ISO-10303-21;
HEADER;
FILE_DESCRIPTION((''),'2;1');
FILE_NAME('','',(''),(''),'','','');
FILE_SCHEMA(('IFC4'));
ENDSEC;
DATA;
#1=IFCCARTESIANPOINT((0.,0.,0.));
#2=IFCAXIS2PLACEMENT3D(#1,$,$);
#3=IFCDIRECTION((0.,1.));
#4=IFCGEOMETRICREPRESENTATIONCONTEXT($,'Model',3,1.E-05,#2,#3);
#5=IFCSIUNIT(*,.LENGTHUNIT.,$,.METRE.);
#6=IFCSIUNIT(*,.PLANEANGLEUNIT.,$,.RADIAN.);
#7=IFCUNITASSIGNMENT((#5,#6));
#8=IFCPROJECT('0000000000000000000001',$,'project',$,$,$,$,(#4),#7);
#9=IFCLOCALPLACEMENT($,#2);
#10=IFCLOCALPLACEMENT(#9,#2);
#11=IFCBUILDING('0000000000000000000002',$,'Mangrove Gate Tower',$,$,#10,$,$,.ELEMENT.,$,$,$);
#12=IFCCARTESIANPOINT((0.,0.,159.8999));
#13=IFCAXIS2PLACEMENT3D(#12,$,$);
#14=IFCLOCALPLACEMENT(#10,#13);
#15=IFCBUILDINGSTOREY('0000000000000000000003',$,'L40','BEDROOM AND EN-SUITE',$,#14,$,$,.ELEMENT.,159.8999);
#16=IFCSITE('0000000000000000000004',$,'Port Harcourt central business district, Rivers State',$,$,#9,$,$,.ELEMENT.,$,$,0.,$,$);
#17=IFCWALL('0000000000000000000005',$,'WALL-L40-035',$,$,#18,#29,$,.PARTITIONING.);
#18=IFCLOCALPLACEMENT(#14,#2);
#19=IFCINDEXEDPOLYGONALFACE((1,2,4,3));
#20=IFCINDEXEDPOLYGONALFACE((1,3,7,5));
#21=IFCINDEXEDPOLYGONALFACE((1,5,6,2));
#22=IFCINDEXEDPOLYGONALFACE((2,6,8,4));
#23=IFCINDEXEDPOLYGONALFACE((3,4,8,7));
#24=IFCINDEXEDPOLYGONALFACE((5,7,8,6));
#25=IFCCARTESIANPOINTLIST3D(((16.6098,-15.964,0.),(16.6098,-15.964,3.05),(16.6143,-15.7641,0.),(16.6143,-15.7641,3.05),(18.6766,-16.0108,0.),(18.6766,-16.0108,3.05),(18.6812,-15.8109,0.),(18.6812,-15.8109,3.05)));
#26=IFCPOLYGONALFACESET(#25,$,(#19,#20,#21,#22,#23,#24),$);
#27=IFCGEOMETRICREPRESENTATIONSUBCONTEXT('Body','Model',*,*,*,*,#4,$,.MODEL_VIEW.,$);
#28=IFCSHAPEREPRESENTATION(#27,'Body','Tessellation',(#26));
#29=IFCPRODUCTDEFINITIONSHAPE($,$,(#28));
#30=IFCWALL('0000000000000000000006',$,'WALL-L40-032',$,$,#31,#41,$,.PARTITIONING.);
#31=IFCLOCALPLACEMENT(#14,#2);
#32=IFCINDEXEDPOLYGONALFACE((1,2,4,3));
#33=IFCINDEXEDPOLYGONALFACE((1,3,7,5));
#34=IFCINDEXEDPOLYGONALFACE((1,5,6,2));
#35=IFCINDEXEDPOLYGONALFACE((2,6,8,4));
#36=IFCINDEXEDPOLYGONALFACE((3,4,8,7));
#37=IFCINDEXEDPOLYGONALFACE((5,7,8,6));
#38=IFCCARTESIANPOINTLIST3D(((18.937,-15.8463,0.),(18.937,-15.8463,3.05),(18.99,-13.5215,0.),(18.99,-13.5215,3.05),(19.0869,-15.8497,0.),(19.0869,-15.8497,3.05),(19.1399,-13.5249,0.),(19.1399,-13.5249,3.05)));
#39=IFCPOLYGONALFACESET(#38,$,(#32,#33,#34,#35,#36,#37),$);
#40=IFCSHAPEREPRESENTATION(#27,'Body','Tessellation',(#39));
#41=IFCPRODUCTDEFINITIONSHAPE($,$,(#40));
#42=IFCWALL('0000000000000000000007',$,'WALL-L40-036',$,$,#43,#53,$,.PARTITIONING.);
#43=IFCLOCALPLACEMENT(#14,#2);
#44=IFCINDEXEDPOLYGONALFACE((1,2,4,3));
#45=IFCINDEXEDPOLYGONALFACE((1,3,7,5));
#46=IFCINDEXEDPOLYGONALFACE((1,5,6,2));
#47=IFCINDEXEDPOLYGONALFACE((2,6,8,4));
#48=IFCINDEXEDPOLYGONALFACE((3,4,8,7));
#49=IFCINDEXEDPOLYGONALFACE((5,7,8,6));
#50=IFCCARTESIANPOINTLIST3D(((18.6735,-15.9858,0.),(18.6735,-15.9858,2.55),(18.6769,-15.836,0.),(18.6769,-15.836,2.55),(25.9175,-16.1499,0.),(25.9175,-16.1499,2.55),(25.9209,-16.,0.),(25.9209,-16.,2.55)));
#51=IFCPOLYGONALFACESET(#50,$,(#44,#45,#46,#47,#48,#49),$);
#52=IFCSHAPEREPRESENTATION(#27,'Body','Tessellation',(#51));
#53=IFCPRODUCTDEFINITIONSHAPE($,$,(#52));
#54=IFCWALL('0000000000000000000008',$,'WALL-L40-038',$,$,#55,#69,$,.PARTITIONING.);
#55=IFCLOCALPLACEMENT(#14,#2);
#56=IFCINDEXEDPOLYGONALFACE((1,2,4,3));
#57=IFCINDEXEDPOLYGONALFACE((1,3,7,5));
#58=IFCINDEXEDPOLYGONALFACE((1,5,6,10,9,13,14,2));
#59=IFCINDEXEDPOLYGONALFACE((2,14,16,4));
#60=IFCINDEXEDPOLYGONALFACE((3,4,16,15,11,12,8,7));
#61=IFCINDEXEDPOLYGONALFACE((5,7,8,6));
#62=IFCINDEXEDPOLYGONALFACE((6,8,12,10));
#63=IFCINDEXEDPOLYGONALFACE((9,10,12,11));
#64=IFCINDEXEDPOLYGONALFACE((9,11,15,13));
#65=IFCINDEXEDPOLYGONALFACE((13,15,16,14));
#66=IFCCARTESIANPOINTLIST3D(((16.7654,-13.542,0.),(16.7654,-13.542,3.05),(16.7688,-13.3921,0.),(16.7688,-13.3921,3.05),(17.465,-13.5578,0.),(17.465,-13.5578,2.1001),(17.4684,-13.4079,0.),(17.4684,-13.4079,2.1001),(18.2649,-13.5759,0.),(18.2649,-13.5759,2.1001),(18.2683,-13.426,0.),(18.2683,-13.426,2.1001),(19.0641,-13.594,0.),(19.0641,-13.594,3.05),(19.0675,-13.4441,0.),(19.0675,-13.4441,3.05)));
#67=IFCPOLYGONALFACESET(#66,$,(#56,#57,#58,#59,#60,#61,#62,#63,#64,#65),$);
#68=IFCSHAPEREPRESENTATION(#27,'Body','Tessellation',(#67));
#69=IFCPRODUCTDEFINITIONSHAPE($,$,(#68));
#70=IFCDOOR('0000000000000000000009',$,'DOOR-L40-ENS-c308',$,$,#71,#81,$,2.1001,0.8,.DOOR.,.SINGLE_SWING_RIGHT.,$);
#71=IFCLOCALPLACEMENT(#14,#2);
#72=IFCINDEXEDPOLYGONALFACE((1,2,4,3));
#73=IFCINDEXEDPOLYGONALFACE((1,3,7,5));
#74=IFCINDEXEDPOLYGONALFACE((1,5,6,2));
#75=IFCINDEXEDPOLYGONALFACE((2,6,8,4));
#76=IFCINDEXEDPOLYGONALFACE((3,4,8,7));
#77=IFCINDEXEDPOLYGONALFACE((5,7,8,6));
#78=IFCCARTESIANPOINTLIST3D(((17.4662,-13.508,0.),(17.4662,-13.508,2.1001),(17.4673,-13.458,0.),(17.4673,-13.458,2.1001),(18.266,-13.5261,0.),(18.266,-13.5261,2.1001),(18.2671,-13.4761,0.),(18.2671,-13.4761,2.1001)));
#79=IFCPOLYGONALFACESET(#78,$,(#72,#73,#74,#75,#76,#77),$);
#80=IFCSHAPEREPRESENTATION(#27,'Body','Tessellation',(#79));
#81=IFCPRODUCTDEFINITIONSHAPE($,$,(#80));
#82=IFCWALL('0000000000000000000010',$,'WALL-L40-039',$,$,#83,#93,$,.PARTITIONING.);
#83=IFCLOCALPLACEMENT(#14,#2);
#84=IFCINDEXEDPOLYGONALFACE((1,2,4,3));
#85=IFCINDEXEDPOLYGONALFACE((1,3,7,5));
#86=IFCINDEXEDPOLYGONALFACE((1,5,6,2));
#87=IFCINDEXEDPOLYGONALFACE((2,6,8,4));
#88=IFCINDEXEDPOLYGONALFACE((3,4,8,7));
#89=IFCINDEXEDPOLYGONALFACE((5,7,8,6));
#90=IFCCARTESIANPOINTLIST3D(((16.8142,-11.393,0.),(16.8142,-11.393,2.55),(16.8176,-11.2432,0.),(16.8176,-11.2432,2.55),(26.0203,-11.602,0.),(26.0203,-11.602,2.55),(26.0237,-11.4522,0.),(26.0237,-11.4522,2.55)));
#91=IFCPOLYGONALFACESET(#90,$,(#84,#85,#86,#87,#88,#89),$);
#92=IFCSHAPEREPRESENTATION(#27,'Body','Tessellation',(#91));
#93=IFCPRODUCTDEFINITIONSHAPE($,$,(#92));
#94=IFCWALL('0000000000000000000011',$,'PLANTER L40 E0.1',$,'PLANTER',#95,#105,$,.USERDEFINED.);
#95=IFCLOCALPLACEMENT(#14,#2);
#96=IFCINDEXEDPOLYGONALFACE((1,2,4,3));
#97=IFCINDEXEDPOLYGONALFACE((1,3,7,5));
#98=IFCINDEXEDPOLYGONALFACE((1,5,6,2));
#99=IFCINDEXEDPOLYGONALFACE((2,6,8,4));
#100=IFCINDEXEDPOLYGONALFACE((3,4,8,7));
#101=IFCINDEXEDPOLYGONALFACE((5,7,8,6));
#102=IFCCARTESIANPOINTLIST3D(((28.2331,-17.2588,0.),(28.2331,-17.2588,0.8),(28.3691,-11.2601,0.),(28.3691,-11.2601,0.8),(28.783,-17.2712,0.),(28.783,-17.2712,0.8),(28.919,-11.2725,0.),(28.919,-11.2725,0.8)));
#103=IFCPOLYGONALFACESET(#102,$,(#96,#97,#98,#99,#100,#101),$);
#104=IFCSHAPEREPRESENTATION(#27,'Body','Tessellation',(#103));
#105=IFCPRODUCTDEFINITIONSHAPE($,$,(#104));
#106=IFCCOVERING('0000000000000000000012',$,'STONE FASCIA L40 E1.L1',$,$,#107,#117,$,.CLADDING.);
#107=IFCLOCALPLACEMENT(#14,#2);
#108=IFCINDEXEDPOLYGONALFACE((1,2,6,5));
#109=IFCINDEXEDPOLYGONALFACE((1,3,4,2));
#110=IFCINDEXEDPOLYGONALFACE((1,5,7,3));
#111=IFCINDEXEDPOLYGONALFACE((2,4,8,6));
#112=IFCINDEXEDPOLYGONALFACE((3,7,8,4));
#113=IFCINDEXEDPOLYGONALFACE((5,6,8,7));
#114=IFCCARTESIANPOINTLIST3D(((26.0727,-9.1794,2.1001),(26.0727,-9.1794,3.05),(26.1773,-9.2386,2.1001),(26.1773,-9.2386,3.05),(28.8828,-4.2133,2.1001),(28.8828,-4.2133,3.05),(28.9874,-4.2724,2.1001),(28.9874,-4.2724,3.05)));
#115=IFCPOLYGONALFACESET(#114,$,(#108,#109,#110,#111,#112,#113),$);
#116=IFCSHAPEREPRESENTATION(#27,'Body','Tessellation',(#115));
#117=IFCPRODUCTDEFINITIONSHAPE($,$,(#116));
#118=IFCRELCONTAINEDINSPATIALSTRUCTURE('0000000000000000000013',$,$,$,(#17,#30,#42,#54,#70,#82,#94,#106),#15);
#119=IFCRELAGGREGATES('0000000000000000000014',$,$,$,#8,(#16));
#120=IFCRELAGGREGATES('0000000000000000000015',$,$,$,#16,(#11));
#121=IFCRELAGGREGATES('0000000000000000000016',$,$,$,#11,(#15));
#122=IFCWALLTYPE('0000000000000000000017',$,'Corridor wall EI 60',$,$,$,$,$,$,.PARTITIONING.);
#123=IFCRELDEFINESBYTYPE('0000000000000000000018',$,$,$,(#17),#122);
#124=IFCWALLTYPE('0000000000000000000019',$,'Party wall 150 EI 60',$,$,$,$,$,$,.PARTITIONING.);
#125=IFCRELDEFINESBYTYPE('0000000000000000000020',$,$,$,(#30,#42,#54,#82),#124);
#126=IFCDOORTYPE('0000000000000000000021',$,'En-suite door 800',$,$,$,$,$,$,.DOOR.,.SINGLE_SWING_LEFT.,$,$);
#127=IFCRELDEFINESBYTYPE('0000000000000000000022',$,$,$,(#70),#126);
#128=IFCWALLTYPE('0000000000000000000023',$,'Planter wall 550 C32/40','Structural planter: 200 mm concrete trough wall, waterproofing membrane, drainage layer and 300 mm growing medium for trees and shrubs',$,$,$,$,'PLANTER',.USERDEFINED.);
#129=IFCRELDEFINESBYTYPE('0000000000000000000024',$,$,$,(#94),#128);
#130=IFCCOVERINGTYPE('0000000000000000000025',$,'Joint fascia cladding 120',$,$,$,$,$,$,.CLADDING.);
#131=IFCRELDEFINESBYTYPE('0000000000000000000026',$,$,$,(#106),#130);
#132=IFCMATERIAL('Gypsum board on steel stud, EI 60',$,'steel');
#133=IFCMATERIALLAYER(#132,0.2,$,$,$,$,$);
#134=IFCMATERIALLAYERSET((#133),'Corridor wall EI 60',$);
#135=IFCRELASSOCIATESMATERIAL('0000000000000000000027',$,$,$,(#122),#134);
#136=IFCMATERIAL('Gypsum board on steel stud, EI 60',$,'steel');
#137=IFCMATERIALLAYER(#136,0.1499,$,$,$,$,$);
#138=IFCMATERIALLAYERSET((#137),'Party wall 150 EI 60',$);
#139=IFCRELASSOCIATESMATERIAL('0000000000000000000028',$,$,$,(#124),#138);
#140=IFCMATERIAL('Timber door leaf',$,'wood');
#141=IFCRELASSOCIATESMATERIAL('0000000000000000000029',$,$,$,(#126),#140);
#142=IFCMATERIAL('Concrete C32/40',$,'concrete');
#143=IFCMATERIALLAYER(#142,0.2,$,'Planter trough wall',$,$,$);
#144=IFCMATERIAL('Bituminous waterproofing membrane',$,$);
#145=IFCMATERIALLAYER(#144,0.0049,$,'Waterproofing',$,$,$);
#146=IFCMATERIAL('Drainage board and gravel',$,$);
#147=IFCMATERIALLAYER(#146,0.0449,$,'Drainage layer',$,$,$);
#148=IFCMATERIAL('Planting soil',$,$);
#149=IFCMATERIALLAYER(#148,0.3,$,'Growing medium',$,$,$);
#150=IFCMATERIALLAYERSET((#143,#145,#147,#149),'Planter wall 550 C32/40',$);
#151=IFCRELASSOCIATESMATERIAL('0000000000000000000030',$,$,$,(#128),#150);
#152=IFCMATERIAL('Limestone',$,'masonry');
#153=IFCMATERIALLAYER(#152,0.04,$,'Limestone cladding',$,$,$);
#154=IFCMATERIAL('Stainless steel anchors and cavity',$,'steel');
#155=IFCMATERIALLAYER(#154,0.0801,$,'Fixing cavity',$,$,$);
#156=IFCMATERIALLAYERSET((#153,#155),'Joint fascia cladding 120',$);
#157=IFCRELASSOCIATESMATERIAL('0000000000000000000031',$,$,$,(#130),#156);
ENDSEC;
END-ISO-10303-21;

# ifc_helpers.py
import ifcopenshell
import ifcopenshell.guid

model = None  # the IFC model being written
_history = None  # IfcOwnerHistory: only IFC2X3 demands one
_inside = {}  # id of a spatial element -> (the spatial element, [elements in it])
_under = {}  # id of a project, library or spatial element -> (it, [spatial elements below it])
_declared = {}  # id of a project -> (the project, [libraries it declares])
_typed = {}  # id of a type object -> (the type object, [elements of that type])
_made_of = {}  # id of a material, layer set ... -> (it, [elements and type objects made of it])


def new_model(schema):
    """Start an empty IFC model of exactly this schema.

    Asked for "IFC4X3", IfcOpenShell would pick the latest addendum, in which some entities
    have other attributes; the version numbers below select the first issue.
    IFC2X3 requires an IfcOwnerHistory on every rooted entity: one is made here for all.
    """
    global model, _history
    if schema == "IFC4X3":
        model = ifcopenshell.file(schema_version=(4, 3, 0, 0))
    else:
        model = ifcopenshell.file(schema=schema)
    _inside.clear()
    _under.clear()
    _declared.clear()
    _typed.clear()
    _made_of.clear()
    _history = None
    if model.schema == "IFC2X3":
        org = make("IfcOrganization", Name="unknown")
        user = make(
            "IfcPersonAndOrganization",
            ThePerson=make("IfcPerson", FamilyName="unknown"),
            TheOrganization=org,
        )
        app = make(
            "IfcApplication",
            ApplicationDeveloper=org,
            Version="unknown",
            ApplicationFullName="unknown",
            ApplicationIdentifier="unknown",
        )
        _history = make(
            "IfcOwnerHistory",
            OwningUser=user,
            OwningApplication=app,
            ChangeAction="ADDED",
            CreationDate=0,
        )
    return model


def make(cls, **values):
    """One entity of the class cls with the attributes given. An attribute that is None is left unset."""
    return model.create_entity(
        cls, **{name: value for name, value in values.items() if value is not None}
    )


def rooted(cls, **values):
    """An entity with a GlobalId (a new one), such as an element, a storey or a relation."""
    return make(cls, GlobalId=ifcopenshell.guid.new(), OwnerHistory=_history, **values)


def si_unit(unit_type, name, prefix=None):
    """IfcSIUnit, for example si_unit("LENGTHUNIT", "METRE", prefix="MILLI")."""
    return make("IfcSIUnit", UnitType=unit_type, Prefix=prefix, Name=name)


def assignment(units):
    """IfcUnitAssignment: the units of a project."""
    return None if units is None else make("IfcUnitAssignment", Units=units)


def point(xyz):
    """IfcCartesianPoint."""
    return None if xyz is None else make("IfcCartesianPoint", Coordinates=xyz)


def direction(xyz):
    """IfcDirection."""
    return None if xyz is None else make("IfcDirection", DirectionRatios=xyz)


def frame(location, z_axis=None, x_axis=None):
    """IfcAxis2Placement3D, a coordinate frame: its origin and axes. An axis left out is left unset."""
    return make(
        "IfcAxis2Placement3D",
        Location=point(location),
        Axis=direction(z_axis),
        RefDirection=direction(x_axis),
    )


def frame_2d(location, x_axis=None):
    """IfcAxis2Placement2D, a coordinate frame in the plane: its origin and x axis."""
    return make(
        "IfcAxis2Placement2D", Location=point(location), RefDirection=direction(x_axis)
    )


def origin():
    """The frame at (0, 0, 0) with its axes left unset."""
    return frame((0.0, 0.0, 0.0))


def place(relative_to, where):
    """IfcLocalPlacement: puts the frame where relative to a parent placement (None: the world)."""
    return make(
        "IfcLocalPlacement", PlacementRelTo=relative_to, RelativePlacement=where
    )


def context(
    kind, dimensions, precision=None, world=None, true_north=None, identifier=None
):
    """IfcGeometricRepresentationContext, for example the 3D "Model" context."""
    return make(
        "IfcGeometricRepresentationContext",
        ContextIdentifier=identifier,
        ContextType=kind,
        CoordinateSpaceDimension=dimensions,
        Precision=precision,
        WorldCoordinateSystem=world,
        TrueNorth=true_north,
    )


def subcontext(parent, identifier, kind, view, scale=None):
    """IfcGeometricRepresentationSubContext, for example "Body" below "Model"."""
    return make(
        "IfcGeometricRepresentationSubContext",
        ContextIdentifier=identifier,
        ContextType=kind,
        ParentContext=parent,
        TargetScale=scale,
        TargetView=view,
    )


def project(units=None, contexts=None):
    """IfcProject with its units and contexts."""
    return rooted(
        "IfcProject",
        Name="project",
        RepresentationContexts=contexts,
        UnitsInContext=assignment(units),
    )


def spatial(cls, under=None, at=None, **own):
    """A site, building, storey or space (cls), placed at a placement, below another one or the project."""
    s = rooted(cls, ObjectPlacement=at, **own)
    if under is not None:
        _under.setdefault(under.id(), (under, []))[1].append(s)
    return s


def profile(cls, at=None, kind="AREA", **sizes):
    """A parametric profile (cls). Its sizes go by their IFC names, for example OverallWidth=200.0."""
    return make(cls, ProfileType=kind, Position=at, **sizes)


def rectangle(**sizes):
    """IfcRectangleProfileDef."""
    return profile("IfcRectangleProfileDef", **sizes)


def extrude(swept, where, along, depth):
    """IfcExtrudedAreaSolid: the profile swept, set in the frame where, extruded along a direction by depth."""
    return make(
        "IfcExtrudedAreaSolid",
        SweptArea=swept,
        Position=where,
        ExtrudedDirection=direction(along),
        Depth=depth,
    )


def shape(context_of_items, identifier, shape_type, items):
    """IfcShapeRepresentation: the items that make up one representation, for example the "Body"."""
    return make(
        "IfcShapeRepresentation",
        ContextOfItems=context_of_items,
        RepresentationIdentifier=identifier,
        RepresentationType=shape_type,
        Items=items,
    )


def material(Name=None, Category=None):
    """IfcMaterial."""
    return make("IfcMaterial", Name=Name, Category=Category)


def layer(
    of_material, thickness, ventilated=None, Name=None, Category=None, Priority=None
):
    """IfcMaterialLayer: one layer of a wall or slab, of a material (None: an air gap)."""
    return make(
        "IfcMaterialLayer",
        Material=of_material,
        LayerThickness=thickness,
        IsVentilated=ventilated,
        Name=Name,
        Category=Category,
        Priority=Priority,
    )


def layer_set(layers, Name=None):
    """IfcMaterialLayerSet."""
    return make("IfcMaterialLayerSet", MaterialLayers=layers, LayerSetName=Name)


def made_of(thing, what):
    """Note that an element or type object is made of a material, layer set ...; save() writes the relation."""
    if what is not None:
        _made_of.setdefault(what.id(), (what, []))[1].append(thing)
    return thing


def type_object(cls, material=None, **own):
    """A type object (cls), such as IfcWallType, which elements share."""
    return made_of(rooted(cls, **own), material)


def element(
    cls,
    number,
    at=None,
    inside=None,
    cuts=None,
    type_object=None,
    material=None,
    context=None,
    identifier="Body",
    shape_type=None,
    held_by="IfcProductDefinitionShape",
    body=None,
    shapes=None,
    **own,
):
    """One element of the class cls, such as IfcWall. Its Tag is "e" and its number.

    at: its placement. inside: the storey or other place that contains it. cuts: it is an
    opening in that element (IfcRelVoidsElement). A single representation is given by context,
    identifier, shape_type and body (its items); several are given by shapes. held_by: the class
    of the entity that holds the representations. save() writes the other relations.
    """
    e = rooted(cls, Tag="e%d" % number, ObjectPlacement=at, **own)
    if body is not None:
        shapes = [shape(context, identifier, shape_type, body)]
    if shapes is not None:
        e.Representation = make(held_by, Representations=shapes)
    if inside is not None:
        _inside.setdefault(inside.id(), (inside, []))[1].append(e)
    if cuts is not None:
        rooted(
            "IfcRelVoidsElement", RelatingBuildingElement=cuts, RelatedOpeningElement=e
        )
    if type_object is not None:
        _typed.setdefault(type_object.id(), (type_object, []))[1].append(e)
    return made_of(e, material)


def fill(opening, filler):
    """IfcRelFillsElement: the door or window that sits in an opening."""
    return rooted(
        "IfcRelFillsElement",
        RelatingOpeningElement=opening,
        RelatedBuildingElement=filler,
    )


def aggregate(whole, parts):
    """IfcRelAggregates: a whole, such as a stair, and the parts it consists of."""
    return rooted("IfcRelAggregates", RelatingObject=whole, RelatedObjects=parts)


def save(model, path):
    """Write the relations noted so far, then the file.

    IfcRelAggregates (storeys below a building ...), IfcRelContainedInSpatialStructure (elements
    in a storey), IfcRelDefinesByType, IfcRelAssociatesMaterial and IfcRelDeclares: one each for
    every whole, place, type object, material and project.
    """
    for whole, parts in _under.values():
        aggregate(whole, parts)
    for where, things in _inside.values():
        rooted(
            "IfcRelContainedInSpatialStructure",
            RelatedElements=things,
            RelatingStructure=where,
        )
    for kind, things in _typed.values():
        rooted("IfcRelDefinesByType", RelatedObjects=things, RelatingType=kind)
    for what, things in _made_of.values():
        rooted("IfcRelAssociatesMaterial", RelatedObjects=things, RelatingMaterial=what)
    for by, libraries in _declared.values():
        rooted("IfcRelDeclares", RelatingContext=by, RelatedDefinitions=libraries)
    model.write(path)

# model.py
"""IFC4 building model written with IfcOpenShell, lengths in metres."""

from ifc_helpers import new_model, si_unit, direction, frame, frame_2d, origin, place, context, subcontext, project, spatial, rectangle, extrude, material, layer, layer_set, type_object, element, fill, save


model = new_model("IFC4")

# Units and contexts
model_context = context("Model", 3, precision=1e-05, world=origin(), true_north=direction((0.0, 1.0)))
body_context = subcontext(model_context, "Body", "Model", "MODEL_VIEW")
ifc_project = project(units=[si_unit("LENGTHUNIT", "METRE"), si_unit("PLANEANGLEUNIT", "RADIAN")], contexts=[model_context])

# Site, building, storey
site_placement = place(None, origin())
site = spatial("IfcSite", under=ifc_project, at=site_placement, Name="Port Harcourt central business district, Rivers State", CompositionType="ELEMENT", RefElevation=0.0)
building_placement = place(site_placement, origin())
building = spatial("IfcBuilding", under=site, at=building_placement, Name="Mangrove Gate Tower", CompositionType="ELEMENT")
storey_placement = place(building_placement, frame((0.0, 0.0, 159.8999)))
storey = spatial("IfcBuildingStorey", under=building, at=storey_placement, Name="L40", Description="BEDROOM AND EN-SUITE", CompositionType="ELEMENT", Elevation=159.8999)

# Shared definitions
ifc_material_1 = material(Name="Gypsum board on steel stud, EI 60", Category="steel")
ifc_layer_1 = layer(ifc_material_1, 0.2)
ifc_layer_set_1 = layer_set([ifc_layer_1], Name="Corridor wall EI 60")
wall_type_1 = type_object("IfcWallType", Name="Corridor wall EI 60", PredefinedType="PARTITIONING", material=ifc_layer_set_1)

# Walls
wall_1_placement = place(storey_placement, frame((16.6121, -15.864, 0.0), z_axis=(0.0, 0.0, 1.0), x_axis=(0.999743, -0.022673, 0.0)))
element("IfcWall", 1, at=wall_1_placement, inside=storey, type_object=wall_type_1, Name="WALL-L40-035", PredefinedType="PARTITIONING", context=body_context, shape_type="SweptSolid", body=[
    extrude(rectangle(XDim=2.0674, YDim=0.2, at=frame_2d((1.0337, 0.0))), origin(), (0.0, 0.0, 1.0), 3.05),
])
ifc_material_2 = material(Name="Gypsum board on steel stud, EI 60", Category="steel")
ifc_layer_2 = layer(ifc_material_2, 0.1499)
ifc_layer_set_2 = layer_set([ifc_layer_2], Name="Party wall 150 EI 60")
wall_type_2 = type_object("IfcWallType", Name="Party wall 150 EI 60", PredefinedType="PARTITIONING", material=ifc_layer_set_2)
wall_2_placement = place(storey_placement, frame((19.012, -15.8479, 0.0), z_axis=(0.0, 0.0, 1.0), x_axis=(0.022781, 0.99974, 0.0)))
element("IfcWall", 2, at=wall_2_placement, inside=storey, type_object=wall_type_2, Name="WALL-L40-032", PredefinedType="PARTITIONING", context=body_context, shape_type="SweptSolid", body=[
    extrude(rectangle(XDim=2.3254, YDim=0.1499, at=frame_2d((1.1626, 0.0))), origin(), (0.0, 0.0, 1.0), 3.05),
])
wall_3_placement = place(storey_placement, frame((18.675, -15.9109, 0.0), z_axis=(0.0, 0.0, 1.0), x_axis=(0.999744, -0.022643, 0.0)))
element("IfcWall", 3, at=wall_3_placement, inside=storey, type_object=wall_type_2, Name="WALL-L40-036", PredefinedType="PARTITIONING", context=body_context, shape_type="SweptSolid", body=[
    extrude(rectangle(XDim=7.2458, YDim=0.1499, at=frame_2d((3.623, 0.0))), origin(), (0.0, 0.0, 1.0), 2.55),
])

# Wall, opening, door
wall_4_placement = place(storey_placement, frame((16.7671, -13.467, 0.0), z_axis=(0.0, 0.0, 1.0), x_axis=(0.999744, -0.022615, 0.0)))
wall_4 = element("IfcWall", 4, at=wall_4_placement, inside=storey, type_object=wall_type_2, Name="WALL-L40-038", PredefinedType="PARTITIONING", context=body_context, shape_type="SweptSolid", body=[
    extrude(rectangle(XDim=2.2993, YDim=0.1499, at=frame_2d((1.1497, 0.0))), origin(), (0.0, 0.0, 1.0), 3.05),
])
opening_1_placement = place(wall_4_placement, frame((0.7, 0.0, 0.0)))
opening_1 = element("IfcOpeningElement", 5, at=opening_1_placement, cuts=wall_4, PredefinedType="OPENING", context=body_context, shape_type="SweptSolid", body=[
    extrude(rectangle(XDim=0.8, YDim=2.1001, at=frame_2d((0.3999, 1.05))), frame((0.0, 0.085, 0.0), z_axis=(0.0, -1.0, 0.0), x_axis=(1.0, 0.0, 0.0)), (0.0, 0.0, 1.0), 0.1699),
])
ifc_material_3 = material(Name="Timber door leaf", Category="wood")
door_type_1 = type_object("IfcDoorType", Name="En-suite door 800", OperationType="SINGLE_SWING_LEFT", PredefinedType="DOOR", material=ifc_material_3)
door_1_placement = place(opening_1_placement, origin())
door_1 = element("IfcDoor", 6, at=door_1_placement, inside=storey, type_object=door_type_1, Name="DOOR-L40-ENS-c308", OperationType="SINGLE_SWING_RIGHT", OverallHeight=2.1001, OverallWidth=0.8, PredefinedType="DOOR", context=body_context, shape_type="SweptSolid", body=[
    extrude(rectangle(XDim=0.8, YDim=2.1001, at=frame_2d((0.3999, 1.05))), frame((0.0, 0.0249, 0.0), z_axis=(0.0, -1.0, 0.0), x_axis=(1.0, 0.0, 0.0)), (0.0, 0.0, 1.0), 0.05),
])
fill(opening_1, door_1)

# Walls
wall_5_placement = place(storey_placement, frame((16.8159, -11.3181, 0.0), z_axis=(0.0, 0.0, 1.0), x_axis=(0.999742, -0.022695, 0.0)))
element("IfcWall", 7, at=wall_5_placement, inside=storey, type_object=wall_type_2, Name="WALL-L40-039", PredefinedType="PARTITIONING", context=body_context, shape_type="SweptSolid", body=[
    extrude(rectangle(XDim=9.2085, YDim=0.1499, at=frame_2d((4.6042, 0.0))), origin(), (0.0, 0.0, 1.0), 2.55),
])
ifc_material_4 = material(Name="Concrete C32/40", Category="concrete")
ifc_layer_3 = layer(ifc_material_4, 0.2, Name="Planter trough wall")
ifc_material_5 = material(Name="Bituminous waterproofing membrane")
ifc_layer_4 = layer(ifc_material_5, 0.0049, Name="Waterproofing")
ifc_material_6 = material(Name="Drainage board and gravel")
ifc_layer_5 = layer(ifc_material_6, 0.0449, Name="Drainage layer")
ifc_material_7 = material(Name="Planting soil")
ifc_layer_6 = layer(ifc_material_7, 0.3, Name="Growing medium")
ifc_layer_set_3 = layer_set([ifc_layer_3, ifc_layer_4, ifc_layer_5, ifc_layer_6], Name="Planter wall 550 C32/40")
wall_type_3 = type_object("IfcWallType", Name="Planter wall 550 C32/40", Description="Structural planter: 200 mm concrete trough wall, waterproofing membrane, drainage layer and 300 mm growing medium for trees and shrubs", ElementType="PLANTER", PredefinedType="USERDEFINED", material=ifc_layer_set_3)
wall_6_placement = place(storey_placement, frame((28.5081, -17.2649, 0.0), z_axis=(0.0, 0.0, 1.0), x_axis=(0.022663, 0.999743, 0.0)))
element("IfcWall", 8, at=wall_6_placement, inside=storey, type_object=wall_type_3, Name="PLANTER L40 E0.1", ObjectType="PLANTER", PredefinedType="USERDEFINED", context=body_context, shape_type="SweptSolid", body=[
    extrude(rectangle(XDim=6.0002, YDim=0.55, at=frame_2d((3.0, 0.0))), origin(), (0.0, 0.0, 1.0), 0.8),
])

# Covering
ifc_material_8 = material(Name="Limestone", Category="masonry")
ifc_layer_7 = layer(ifc_material_8, 0.04, Name="Limestone cladding")
ifc_material_9 = material(Name="Stainless steel anchors and cavity", Category="steel")
ifc_layer_8 = layer(ifc_material_9, 0.0801, Name="Fixing cavity")
ifc_layer_set_4 = layer_set([ifc_layer_7, ifc_layer_8], Name="Joint fascia cladding 120")
covering_type = type_object("IfcCoveringType", Name="Joint fascia cladding 120", PredefinedType="CLADDING", material=ifc_layer_set_4)
covering_placement = place(storey_placement, frame((26.125, -9.209, 2.1001), z_axis=(0.0, 0.0, 1.0), x_axis=(0.492476, 0.870326, 0.0)))
element("IfcCovering", 9, at=covering_placement, inside=storey, type_object=covering_type, Name="STONE FASCIA L40 E1.L1", PredefinedType="CLADDING", context=body_context, shape_type="SweptSolid", body=[
    extrude(rectangle(XDim=5.7061, YDim=0.1201, at=frame_2d((2.853, 0.0))), origin(), (0.0, 0.0, 1.0), 0.95),
])

save(model, "model.ifc")
